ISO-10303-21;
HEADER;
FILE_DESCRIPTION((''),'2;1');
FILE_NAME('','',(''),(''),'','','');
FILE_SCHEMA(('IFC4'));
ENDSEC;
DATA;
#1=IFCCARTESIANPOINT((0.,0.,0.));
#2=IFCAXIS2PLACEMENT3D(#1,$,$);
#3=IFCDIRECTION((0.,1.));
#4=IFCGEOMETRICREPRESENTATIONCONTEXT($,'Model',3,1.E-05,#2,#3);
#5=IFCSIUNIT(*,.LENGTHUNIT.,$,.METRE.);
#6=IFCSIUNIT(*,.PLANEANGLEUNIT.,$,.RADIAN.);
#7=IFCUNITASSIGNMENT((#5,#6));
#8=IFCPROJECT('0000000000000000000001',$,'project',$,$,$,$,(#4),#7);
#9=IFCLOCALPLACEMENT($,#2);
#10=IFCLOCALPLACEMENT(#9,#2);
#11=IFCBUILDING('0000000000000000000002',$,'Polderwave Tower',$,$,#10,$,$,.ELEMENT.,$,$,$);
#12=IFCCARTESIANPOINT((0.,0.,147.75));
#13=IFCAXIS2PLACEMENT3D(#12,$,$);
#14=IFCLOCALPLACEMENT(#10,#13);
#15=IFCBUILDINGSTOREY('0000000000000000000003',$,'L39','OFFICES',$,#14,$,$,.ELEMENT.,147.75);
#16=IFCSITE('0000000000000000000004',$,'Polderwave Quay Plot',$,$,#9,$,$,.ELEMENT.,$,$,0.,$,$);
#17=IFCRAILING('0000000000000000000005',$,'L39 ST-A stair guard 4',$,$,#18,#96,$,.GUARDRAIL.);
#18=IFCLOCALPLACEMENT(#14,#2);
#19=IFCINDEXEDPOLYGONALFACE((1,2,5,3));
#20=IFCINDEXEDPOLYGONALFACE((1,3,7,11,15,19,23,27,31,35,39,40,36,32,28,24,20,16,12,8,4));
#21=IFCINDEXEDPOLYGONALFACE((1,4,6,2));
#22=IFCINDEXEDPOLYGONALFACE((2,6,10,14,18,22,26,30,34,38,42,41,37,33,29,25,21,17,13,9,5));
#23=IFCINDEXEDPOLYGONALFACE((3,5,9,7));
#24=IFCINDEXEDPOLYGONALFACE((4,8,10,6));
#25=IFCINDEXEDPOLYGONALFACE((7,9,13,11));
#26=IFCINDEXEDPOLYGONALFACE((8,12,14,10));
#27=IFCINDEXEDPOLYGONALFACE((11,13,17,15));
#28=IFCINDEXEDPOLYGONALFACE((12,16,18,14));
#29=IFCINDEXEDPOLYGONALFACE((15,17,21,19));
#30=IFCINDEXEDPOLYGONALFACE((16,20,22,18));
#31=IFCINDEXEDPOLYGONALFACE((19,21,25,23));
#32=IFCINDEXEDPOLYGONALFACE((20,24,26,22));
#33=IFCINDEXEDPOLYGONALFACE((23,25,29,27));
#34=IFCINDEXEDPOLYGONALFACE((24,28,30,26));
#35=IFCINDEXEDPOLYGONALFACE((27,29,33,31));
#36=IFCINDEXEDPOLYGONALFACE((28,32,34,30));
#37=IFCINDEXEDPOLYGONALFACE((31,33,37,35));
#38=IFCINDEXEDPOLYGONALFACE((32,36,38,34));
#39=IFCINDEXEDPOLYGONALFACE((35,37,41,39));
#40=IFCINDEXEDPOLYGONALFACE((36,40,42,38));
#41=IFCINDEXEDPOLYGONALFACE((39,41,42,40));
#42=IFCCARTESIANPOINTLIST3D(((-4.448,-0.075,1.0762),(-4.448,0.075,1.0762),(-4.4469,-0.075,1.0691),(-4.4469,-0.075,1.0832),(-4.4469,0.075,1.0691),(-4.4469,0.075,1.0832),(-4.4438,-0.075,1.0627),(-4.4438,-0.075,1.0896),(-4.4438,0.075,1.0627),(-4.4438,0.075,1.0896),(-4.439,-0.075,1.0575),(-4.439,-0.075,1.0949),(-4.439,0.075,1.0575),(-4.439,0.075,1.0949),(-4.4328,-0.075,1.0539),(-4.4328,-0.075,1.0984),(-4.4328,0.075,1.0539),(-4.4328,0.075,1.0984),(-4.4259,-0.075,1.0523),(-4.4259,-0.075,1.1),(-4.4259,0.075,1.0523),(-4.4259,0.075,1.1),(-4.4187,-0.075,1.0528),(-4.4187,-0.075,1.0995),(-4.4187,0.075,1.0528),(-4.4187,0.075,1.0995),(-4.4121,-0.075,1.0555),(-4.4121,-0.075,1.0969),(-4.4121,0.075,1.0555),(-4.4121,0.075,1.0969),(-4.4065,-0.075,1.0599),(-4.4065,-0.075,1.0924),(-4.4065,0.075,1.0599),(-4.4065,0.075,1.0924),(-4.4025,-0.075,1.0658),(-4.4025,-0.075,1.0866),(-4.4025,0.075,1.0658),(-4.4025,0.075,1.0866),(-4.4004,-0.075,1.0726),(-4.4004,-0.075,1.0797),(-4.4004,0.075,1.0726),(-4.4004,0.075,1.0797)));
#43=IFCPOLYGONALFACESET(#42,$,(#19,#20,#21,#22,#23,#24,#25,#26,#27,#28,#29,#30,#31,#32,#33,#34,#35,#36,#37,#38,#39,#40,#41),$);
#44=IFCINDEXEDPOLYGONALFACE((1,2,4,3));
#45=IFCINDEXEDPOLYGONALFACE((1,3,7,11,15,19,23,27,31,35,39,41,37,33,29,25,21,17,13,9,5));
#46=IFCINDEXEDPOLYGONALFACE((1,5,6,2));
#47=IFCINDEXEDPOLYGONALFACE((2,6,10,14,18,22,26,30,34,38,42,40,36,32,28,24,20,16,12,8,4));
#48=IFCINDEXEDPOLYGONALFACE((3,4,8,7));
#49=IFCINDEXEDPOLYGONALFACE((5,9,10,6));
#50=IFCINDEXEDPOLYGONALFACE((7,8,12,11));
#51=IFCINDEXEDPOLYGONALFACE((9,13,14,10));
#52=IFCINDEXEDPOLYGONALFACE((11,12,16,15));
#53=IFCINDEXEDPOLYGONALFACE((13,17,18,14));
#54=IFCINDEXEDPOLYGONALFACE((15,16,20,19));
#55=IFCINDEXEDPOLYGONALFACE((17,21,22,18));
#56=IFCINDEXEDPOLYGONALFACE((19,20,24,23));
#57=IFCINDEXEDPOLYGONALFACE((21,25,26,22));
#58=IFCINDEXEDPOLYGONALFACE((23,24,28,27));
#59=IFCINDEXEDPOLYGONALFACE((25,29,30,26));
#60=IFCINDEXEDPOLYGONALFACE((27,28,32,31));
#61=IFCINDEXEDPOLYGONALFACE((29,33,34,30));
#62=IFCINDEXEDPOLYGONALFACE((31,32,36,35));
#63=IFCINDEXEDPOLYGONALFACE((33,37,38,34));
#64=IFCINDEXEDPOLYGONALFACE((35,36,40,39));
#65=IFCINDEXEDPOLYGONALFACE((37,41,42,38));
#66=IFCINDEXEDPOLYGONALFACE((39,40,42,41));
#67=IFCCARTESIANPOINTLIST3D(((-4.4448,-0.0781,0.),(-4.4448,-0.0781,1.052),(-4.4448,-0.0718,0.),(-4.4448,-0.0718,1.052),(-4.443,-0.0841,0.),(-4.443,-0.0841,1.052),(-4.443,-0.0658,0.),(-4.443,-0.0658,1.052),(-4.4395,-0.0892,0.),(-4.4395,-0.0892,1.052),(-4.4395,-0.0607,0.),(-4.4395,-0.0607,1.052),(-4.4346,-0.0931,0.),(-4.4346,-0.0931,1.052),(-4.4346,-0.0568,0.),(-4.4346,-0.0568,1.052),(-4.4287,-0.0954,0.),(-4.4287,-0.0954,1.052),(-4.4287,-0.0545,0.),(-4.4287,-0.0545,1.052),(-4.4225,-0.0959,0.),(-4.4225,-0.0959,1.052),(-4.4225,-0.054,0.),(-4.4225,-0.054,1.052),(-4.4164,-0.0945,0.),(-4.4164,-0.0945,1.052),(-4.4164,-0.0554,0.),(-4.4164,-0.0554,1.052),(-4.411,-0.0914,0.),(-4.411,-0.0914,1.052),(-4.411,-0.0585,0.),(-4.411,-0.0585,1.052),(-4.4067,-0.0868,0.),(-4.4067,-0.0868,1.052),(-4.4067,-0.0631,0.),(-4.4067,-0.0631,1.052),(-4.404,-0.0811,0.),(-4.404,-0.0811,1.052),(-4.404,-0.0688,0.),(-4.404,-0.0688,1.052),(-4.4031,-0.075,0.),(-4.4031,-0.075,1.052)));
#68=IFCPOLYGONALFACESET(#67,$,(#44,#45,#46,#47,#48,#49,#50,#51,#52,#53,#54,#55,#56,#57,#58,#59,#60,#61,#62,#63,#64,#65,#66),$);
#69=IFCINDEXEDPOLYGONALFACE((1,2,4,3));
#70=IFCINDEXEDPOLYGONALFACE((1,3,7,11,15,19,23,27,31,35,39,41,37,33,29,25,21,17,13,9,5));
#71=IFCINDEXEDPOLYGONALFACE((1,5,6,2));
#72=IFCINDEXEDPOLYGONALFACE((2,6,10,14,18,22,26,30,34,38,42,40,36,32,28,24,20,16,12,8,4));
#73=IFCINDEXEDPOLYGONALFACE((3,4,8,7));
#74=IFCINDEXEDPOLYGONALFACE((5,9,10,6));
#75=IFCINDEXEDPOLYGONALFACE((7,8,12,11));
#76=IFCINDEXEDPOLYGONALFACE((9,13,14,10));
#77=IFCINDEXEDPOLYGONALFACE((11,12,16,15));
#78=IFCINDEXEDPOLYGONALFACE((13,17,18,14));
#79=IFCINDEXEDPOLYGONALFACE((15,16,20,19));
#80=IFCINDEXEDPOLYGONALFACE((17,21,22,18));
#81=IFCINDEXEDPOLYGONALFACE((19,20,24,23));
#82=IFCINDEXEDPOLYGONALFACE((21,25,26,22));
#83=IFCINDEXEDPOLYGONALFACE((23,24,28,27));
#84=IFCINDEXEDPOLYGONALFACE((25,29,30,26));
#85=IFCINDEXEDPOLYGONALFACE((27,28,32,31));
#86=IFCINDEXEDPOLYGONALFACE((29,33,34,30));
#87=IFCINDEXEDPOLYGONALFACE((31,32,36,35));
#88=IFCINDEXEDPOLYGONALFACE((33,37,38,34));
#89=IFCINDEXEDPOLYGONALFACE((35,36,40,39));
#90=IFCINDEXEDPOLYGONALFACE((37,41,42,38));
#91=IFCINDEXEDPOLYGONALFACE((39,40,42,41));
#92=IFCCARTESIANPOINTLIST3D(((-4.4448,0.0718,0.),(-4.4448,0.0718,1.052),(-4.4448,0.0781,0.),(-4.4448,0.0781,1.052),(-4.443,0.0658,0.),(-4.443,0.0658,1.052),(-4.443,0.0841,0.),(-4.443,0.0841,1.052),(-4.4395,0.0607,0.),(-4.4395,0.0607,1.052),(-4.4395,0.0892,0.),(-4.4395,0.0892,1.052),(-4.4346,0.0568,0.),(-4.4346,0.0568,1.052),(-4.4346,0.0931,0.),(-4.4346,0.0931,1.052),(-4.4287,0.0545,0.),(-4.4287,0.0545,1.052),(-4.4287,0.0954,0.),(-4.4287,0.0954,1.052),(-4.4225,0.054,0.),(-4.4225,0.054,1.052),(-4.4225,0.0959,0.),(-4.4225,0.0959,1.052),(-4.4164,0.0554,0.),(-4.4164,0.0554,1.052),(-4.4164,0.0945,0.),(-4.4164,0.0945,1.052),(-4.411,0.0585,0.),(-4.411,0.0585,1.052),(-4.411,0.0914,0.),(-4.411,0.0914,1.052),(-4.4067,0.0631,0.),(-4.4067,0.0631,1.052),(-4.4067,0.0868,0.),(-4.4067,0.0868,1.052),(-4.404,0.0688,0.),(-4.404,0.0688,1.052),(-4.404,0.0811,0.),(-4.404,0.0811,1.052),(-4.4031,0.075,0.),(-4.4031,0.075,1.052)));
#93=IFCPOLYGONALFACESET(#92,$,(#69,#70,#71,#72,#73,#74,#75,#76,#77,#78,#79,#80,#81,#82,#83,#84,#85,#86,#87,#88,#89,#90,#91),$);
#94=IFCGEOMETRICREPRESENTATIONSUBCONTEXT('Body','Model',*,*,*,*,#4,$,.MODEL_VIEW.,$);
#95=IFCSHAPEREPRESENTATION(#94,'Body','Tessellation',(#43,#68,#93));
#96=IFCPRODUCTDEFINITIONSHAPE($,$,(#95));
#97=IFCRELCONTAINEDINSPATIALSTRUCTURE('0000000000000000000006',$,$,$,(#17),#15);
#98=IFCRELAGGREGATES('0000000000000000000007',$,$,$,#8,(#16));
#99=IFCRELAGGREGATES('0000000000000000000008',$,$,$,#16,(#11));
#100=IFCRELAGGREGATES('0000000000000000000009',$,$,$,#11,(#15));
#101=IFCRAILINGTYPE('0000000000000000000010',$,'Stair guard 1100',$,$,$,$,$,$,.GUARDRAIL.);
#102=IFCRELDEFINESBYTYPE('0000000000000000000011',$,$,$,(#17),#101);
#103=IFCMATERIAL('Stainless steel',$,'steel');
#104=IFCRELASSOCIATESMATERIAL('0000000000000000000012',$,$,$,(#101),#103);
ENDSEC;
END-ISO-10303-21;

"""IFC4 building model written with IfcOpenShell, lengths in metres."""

from ifc_helpers import new_model, si_unit, direction, frame, origin, origin_2d, place, context, subcontext, project, spatial, circle, extrude, material, type_object, element, save


model = new_model("IFC4")

# Units and contexts
model_context = context("Model", 3, precision=1e-05, world=origin(), true_north=direction((0.0, 1.0)))
body_context = subcontext(model_context, "Body", "Model", "MODEL_VIEW")
ifc_project = project(units=[si_unit("LENGTHUNIT", "METRE"), si_unit("PLANEANGLEUNIT", "RADIAN")], contexts=[model_context])

# Site, building, storey
site_placement = place(None, origin())
site = spatial("IfcSite", under=ifc_project, at=site_placement, Name="Polderwave Quay Plot", CompositionType="ELEMENT", RefElevation=0.0)
building_placement = place(site_placement, origin())
building = spatial("IfcBuilding", under=site, at=building_placement, Name="Polderwave Tower", CompositionType="ELEMENT")
storey_placement = place(building_placement, frame((0.0, 0.0, 147.75)))
storey = spatial("IfcBuildingStorey", under=building, at=storey_placement, Name="L39", Description="OFFICES", CompositionType="ELEMENT", Elevation=147.75)

# Shared definitions
ifc_material_1 = material(Name="Stainless steel", Category="steel")

# Railing
railing_type = type_object("IfcRailingType", Name="Stair guard 1100", PredefinedType="GUARDRAIL", material=ifc_material_1)
railing_placement = place(storey_placement, frame((-4.4241, -0.075, 0.0)))
element("IfcRailing", 1, at=railing_placement, inside=storey, type_object=railing_type, Name="L39 ST-A stair guard 4", PredefinedType="GUARDRAIL", context=body_context, shape_type="SweptSolid", body=[
    extrude(circle(Radius=0.0239, at=origin_2d()), frame((0.0, 0.0, 1.0762), z_axis=(0.0, 1.0, 0.0), x_axis=(-1.0, 0.0, 0.0)), (0.0, 0.0, 1.0), 0.1499),
    extrude(circle(Radius=0.021, at=origin_2d()), origin(), (0.0, 0.0, 1.0), 1.052),
    extrude(circle(Radius=0.021, at=origin_2d()), frame((0.0, 0.1499, 0.0)), (0.0, 0.0, 1.0), 1.052),
])

save(model, "model.ifc")
